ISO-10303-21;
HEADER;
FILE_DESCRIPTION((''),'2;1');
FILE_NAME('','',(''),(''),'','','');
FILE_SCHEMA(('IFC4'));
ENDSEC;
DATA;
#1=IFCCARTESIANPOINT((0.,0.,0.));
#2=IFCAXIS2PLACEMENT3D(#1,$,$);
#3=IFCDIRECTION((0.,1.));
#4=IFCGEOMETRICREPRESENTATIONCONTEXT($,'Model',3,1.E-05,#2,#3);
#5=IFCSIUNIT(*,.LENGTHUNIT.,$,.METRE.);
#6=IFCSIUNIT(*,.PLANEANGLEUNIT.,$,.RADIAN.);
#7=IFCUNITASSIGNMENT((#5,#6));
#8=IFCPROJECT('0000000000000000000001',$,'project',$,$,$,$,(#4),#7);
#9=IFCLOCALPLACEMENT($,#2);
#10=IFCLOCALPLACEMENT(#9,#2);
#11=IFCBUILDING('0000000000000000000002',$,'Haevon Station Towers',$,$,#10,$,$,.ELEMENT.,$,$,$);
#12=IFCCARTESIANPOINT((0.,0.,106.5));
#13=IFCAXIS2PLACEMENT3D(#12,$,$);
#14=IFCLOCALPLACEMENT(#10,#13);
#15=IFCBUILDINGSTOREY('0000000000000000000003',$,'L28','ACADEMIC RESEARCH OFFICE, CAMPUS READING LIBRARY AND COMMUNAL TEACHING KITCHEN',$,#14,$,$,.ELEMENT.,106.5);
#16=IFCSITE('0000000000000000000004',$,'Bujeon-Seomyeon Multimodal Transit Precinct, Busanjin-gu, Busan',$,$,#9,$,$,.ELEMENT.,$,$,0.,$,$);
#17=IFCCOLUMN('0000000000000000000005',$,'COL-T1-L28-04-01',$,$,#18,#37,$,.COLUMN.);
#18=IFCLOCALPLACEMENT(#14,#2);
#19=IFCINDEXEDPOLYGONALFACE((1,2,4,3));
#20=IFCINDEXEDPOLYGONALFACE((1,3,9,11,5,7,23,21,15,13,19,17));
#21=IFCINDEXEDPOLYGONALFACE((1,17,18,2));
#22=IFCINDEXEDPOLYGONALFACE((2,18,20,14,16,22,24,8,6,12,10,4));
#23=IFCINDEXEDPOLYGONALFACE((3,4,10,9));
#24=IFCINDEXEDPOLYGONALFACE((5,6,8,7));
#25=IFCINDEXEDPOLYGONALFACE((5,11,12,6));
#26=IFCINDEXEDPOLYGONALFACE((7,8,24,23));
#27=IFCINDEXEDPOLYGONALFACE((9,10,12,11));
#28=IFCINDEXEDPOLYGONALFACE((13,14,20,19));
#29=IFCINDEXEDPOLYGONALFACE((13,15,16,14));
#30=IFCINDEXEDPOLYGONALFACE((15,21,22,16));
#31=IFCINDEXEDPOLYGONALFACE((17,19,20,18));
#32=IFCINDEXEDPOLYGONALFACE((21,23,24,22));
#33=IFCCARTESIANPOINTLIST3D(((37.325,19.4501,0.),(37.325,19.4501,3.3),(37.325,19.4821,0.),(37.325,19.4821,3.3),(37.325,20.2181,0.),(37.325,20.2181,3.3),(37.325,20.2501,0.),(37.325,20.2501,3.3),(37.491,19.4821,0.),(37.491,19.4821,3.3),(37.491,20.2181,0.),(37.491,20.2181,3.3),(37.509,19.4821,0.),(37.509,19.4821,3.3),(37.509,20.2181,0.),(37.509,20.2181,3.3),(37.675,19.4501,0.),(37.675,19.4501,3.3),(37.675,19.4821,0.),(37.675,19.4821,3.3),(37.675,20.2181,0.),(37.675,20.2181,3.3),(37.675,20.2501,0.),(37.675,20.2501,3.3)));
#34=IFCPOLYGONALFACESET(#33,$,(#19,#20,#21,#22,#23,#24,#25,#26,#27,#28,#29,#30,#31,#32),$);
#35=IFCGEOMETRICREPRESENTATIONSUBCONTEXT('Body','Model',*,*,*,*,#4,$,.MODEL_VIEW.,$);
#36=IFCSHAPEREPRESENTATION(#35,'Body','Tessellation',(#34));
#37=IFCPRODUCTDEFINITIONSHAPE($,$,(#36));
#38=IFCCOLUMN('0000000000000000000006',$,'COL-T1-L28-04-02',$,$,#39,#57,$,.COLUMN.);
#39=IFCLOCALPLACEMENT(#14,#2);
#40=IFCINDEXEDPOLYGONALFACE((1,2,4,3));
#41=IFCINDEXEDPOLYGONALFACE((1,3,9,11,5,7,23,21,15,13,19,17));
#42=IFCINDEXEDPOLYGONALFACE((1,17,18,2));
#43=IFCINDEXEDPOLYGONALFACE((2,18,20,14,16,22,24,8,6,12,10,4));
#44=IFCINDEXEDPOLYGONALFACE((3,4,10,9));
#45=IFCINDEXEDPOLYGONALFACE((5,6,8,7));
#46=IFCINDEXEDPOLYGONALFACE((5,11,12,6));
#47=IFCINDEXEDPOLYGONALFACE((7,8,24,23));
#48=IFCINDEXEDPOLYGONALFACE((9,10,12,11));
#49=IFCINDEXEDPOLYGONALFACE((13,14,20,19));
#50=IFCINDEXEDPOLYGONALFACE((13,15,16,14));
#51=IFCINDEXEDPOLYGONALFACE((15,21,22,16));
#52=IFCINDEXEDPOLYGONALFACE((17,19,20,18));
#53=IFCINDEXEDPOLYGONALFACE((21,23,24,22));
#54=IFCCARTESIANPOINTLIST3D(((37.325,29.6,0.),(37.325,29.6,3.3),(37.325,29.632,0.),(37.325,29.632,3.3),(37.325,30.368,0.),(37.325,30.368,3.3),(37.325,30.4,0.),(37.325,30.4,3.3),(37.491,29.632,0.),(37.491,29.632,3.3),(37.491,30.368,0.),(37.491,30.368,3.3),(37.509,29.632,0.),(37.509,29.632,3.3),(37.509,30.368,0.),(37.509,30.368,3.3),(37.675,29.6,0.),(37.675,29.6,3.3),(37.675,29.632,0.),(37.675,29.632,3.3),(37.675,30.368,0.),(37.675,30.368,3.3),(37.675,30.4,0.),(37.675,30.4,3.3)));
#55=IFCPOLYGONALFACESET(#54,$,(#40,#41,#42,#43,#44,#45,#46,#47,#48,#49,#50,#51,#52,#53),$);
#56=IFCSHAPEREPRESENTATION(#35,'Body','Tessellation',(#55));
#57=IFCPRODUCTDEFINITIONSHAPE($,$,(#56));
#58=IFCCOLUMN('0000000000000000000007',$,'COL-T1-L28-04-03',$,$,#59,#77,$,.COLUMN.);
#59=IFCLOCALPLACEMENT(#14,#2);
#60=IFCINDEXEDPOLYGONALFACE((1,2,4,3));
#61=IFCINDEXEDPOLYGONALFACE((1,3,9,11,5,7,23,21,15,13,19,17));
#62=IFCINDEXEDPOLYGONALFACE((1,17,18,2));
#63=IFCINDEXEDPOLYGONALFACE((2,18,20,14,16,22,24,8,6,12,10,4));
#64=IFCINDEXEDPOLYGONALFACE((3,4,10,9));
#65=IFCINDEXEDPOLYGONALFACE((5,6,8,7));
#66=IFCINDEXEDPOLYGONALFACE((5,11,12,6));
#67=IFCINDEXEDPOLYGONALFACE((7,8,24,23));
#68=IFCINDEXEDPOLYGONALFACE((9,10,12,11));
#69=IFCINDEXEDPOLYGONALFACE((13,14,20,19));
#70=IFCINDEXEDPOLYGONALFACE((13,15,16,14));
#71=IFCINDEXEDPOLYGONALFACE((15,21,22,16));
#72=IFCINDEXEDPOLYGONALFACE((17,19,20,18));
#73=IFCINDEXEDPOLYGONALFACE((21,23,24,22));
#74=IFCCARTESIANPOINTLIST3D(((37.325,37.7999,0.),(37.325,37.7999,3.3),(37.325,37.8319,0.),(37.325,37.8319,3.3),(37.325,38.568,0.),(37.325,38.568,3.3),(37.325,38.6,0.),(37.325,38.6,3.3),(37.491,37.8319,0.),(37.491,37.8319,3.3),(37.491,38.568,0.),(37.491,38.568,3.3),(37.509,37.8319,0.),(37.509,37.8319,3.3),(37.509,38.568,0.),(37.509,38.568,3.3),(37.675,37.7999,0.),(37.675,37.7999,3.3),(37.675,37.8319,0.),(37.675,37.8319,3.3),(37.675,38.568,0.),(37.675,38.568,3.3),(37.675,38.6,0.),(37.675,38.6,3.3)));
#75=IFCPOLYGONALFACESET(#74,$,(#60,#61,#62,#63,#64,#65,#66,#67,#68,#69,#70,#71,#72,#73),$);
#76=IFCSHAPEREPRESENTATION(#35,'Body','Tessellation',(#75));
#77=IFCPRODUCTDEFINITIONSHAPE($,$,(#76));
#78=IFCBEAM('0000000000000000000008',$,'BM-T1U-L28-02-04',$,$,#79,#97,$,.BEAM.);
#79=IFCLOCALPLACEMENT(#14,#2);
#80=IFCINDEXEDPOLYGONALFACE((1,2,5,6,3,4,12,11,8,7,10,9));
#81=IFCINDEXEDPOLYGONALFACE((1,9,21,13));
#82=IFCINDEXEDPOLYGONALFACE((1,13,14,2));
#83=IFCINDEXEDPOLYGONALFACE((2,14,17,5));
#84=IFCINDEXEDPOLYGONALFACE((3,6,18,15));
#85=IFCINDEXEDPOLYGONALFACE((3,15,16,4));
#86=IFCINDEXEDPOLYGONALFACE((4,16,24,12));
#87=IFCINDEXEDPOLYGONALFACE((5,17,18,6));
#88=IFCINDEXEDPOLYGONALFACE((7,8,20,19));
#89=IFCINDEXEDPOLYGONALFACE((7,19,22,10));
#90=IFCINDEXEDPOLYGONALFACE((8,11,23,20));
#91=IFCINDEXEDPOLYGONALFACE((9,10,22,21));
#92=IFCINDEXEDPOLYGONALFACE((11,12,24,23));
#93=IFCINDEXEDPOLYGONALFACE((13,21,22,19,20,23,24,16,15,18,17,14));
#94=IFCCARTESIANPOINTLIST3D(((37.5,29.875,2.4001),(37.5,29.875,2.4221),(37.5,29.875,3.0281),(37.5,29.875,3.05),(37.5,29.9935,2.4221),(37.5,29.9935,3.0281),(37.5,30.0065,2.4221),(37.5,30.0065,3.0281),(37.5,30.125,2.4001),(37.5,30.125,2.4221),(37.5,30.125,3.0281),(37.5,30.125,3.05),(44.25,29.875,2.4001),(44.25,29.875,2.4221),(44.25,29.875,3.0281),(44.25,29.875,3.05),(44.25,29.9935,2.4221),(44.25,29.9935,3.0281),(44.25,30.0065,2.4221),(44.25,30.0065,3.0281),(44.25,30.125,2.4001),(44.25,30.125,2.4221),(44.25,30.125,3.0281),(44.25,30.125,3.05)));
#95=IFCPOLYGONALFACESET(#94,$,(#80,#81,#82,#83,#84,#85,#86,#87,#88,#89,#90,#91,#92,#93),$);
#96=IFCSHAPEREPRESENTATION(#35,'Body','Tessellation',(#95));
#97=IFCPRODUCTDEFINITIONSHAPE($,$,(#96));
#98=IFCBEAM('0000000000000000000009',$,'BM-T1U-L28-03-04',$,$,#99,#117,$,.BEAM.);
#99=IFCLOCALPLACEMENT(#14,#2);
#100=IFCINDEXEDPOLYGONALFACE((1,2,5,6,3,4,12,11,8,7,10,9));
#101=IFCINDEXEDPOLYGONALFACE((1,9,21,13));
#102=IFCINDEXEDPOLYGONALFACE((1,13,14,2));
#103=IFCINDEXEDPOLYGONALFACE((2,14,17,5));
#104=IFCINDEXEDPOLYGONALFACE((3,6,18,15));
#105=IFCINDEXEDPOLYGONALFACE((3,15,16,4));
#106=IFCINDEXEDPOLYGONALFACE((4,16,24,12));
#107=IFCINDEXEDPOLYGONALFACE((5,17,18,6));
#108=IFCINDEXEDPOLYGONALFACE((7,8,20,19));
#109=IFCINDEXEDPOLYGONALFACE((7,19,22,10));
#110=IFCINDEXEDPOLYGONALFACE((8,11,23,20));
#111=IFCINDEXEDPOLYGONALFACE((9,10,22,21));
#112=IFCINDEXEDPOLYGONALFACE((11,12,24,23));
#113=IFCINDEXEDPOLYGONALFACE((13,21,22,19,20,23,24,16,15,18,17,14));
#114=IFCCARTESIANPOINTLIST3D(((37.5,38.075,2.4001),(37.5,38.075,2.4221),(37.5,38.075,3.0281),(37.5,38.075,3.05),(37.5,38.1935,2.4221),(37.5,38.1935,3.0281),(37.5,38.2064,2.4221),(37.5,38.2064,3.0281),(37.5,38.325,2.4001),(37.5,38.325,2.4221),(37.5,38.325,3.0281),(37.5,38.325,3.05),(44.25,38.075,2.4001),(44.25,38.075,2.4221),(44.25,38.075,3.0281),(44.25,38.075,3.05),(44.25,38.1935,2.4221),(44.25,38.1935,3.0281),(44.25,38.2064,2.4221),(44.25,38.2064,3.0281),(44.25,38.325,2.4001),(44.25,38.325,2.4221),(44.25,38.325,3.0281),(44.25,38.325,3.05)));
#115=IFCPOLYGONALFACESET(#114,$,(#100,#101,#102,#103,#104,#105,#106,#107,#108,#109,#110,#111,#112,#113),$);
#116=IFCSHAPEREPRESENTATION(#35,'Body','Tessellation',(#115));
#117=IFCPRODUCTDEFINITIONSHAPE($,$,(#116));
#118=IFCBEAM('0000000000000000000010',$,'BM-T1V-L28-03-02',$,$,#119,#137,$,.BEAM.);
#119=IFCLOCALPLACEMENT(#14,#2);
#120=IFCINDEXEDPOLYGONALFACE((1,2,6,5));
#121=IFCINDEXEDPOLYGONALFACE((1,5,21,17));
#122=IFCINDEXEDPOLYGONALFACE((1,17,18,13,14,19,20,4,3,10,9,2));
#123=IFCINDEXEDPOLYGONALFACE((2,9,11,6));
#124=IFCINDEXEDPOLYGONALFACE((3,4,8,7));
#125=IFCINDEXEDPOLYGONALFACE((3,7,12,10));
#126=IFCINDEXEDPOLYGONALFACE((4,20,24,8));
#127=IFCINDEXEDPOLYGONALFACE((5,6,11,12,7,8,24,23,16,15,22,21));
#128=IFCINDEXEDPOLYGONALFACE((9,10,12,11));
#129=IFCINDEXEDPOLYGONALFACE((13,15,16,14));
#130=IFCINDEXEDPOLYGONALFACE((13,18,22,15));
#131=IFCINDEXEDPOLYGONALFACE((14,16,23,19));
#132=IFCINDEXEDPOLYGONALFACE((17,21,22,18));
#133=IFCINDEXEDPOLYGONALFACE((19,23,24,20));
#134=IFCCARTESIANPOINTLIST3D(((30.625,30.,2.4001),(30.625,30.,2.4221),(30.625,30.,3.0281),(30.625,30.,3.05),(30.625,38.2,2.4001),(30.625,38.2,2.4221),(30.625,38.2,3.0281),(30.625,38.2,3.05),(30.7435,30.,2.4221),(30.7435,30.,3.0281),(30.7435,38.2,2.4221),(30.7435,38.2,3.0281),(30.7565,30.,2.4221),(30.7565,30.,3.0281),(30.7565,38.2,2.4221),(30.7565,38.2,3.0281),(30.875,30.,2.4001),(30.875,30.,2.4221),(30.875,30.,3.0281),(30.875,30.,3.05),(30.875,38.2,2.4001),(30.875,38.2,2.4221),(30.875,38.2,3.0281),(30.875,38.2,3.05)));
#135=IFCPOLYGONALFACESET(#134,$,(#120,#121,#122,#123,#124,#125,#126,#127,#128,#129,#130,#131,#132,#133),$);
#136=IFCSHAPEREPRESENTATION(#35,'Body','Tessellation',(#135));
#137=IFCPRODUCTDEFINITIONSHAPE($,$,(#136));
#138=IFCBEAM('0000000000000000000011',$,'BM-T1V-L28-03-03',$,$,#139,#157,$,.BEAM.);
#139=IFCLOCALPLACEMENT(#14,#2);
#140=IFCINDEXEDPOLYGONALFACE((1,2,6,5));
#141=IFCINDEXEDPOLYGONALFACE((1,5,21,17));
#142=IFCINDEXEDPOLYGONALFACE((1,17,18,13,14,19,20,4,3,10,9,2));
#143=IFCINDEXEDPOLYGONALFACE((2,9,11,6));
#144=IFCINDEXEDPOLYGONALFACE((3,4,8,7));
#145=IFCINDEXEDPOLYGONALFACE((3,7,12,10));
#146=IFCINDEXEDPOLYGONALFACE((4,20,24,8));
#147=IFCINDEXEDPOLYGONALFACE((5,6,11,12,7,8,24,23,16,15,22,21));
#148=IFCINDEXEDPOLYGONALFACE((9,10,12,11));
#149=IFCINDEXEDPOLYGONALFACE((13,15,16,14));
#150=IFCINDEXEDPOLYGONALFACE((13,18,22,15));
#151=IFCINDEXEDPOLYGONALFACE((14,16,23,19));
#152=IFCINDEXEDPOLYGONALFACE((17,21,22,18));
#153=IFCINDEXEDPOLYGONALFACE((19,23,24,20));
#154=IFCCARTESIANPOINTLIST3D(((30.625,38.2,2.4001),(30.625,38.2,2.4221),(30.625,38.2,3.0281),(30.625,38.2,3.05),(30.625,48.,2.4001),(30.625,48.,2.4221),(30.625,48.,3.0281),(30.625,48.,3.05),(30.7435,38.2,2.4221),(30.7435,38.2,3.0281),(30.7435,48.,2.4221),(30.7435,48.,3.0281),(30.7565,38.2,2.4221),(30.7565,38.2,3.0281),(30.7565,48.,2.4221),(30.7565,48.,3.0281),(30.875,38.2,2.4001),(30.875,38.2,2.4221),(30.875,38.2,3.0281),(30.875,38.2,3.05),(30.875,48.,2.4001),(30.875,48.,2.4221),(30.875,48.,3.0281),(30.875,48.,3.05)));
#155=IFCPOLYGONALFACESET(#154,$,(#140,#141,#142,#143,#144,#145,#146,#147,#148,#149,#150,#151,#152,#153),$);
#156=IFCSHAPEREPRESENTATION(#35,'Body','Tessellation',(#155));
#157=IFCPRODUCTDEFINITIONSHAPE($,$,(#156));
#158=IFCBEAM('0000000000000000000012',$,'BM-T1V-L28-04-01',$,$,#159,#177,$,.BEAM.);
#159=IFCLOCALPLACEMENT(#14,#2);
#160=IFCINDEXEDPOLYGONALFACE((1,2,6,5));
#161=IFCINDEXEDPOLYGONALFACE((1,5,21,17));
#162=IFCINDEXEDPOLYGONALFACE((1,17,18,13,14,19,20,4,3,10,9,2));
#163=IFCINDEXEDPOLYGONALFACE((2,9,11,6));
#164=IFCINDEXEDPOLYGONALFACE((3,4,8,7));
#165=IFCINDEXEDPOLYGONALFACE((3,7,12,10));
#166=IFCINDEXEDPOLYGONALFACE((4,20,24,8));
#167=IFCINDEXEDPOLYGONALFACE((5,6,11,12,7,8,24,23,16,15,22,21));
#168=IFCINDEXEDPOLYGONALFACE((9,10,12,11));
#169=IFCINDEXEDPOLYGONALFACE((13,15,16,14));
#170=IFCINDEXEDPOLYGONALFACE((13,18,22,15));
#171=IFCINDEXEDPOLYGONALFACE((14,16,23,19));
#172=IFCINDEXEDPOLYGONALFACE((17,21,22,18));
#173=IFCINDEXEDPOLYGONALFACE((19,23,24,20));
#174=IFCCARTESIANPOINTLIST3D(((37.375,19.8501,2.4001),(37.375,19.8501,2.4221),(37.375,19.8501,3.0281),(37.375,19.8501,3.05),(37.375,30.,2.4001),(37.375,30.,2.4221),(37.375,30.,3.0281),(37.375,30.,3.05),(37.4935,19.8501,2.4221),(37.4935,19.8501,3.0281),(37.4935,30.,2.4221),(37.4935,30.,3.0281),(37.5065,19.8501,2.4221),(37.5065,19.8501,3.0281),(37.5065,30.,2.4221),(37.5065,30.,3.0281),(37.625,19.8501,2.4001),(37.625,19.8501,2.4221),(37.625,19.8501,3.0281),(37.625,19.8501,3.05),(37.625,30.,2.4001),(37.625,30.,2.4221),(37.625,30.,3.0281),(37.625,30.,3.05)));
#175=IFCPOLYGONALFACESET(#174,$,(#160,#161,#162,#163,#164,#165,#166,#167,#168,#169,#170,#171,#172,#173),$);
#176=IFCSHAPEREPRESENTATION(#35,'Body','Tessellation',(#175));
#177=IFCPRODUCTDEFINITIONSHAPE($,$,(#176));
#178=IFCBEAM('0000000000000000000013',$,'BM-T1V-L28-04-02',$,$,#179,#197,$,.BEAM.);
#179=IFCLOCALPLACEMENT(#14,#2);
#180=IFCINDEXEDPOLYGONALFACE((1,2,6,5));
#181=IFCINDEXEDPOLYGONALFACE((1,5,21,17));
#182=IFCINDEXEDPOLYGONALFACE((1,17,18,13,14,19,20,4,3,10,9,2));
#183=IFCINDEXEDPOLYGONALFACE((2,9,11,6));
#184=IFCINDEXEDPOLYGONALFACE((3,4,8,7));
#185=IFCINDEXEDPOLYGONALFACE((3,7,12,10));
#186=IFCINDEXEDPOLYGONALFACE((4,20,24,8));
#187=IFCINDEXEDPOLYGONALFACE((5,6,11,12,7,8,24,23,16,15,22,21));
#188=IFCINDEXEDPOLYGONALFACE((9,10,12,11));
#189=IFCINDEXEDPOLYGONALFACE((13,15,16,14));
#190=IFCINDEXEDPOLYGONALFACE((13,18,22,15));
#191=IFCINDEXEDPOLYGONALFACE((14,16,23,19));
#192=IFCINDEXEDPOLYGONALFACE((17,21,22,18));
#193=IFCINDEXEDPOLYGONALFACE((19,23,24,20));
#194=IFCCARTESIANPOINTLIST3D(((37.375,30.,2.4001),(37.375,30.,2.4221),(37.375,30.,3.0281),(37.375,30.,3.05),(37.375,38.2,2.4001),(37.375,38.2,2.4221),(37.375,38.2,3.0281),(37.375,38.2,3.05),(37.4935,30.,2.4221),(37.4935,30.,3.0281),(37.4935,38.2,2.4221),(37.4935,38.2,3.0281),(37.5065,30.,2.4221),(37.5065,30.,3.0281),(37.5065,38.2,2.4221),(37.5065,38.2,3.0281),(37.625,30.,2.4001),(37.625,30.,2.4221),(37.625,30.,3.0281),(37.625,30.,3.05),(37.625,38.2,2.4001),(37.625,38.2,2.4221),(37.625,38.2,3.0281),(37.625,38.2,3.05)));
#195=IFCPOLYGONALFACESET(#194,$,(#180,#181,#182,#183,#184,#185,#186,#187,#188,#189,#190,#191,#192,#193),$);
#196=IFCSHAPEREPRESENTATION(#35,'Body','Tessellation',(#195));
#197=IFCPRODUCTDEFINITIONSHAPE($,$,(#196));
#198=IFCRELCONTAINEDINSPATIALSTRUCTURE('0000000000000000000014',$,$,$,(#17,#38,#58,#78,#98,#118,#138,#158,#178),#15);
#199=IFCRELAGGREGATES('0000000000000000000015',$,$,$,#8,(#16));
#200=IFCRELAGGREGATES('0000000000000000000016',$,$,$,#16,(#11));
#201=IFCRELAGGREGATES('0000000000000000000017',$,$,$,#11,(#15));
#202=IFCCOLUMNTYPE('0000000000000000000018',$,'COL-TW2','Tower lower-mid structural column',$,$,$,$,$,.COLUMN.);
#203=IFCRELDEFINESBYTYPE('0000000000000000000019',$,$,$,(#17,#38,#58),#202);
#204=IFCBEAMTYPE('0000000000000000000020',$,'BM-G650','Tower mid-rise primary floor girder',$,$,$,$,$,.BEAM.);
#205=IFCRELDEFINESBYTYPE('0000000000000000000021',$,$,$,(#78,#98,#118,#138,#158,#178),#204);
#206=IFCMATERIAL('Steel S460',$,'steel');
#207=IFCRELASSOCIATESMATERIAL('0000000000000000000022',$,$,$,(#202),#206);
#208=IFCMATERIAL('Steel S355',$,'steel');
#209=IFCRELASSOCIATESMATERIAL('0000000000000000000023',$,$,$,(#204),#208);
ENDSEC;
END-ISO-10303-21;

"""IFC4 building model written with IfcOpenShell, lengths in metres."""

from ifc_helpers import new_model, si_unit, direction, frame, origin, origin_2d, place, context, subcontext, project, spatial, i_section, extrude, material, material_profile, profile_set, type_object, element, save


model = new_model("IFC4")

# Units and contexts
model_context = context("Model", 3, precision=1e-05, world=origin(), true_north=direction((0.0, 1.0)))
body_context = subcontext(model_context, "Body", "Model", "MODEL_VIEW")
ifc_project = project(units=[si_unit("LENGTHUNIT", "METRE"), si_unit("PLANEANGLEUNIT", "RADIAN")], contexts=[model_context])

# Site, building, storey
site_placement = place(None, origin())
site = spatial("IfcSite", under=ifc_project, at=site_placement, Name="Bujeon-Seomyeon Multimodal Transit Precinct, Busanjin-gu, Busan", CompositionType="ELEMENT", RefElevation=0.0)
building_placement = place(site_placement, origin())
building = spatial("IfcBuilding", under=site, at=building_placement, Name="Haevon Station Towers", CompositionType="ELEMENT")
storey_placement = place(building_placement, frame((0.0, 0.0, 106.5)))
storey = spatial("IfcBuildingStorey", under=building, at=storey_placement, Name="L28", Description="ACADEMIC RESEARCH OFFICE, CAMPUS READING LIBRARY AND COMMUNAL TEACHING KITCHEN", CompositionType="ELEMENT", Elevation=106.5)

# Columns
ifc_material_1 = material(Name="Steel S460", Category="steel")
ifc_material_profile_1 = material_profile(ifc_material_1, i_section(OverallWidth=0.3501, OverallDepth=0.8, WebThickness=0.0181, FlangeThickness=0.032, at=origin_2d()), Name="H-800x350x18x32")
ifc_profile_set_1 = profile_set([ifc_material_profile_1], Name="Steel S460")
column_type = type_object("IfcColumnType", Name="COL-TW2", Description="Tower lower-mid structural column", PredefinedType="COLUMN", material=ifc_profile_set_1)
for number, where, z_axis, x_axis, name in (
    (1, (37.5, 19.8501, 0.0), (0.0, 0.0, 1.0), (1.0, 0.0, 0.0), "COL-T1-L28-04-01"),
    (2, (37.5, 30.0, 0.0), (0.0, 0.0, 1.0), (1.0, 0.0, 0.0), "COL-T1-L28-04-02"),
    (3, (37.5, 38.2, 0.0), (0.0, 0.0, 1.0), (1.0, 0.0, 0.0), "COL-T1-L28-04-03"),
):
    element("IfcColumn", number, at=place(storey_placement, frame(where, z_axis=z_axis, x_axis=x_axis)), inside=storey, type_object=column_type, Name=name, PredefinedType="COLUMN", context=body_context, shape_type="SweptSolid", body=[
        extrude(i_section(OverallWidth=0.3501, OverallDepth=0.8, WebThickness=0.0181, FlangeThickness=0.032, at=origin_2d()), origin(), (0.0, 0.0, 1.0), 3.3),
    ])

# Beams
ifc_material_2 = material(Name="Steel S355", Category="steel")
ifc_material_profile_2 = material_profile(ifc_material_2, i_section(OverallWidth=0.25, OverallDepth=0.6499, WebThickness=0.0129, FlangeThickness=0.022, at=origin_2d()), Name="H-650x250x13x22")
ifc_profile_set_2 = profile_set([ifc_material_profile_2], Name="Steel S355")
beam_type_1 = type_object("IfcBeamType", Name="BM-G650", Description="Tower mid-rise primary floor girder", PredefinedType="BEAM", material=ifc_profile_set_2)
for number, where, z_axis, x_axis, name in (
    (4, (37.5, 30.0, 2.7251), (1.0, 0.0, 0.0), (0.0, 1.0, 0.0), "BM-T1U-L28-02-04"),
    (5, (37.5, 38.2, 2.7251), (1.0, 0.0, 0.0), (0.0, 1.0, 0.0), "BM-T1U-L28-03-04"),
):
    element("IfcBeam", number, at=place(storey_placement, frame(where, z_axis=z_axis, x_axis=x_axis)), inside=storey, type_object=beam_type_1, Name=name, PredefinedType="BEAM", context=body_context, shape_type="SweptSolid", body=[
        extrude(i_section(OverallWidth=0.25, OverallDepth=0.6499, WebThickness=0.0129, FlangeThickness=0.022, at=origin_2d()), origin(), (0.0, 0.0, 1.0), 6.75),
    ])
beam_1_placement = place(storey_placement, frame((30.75, 30.0, 2.7251), z_axis=(0.0, 1.0, 0.0), x_axis=(-1.0, 0.0, 0.0)))
element("IfcBeam", 6, at=beam_1_placement, inside=storey, type_object=beam_type_1, Name="BM-T1V-L28-03-02", PredefinedType="BEAM", context=body_context, shape_type="SweptSolid", body=[
    extrude(i_section(OverallWidth=0.25, OverallDepth=0.6499, WebThickness=0.0129, FlangeThickness=0.022, at=origin_2d()), origin(), (0.0, 0.0, 1.0), 8.2),
])
beam_2_placement = place(storey_placement, frame((30.75, 38.2, 2.7251), z_axis=(0.0, 1.0, 0.0), x_axis=(-1.0, 0.0, 0.0)))
element("IfcBeam", 7, at=beam_2_placement, inside=storey, type_object=beam_type_1, Name="BM-T1V-L28-03-03", PredefinedType="BEAM", context=body_context, shape_type="SweptSolid", body=[
    extrude(i_section(OverallWidth=0.25, OverallDepth=0.6499, WebThickness=0.0129, FlangeThickness=0.022, at=origin_2d()), origin(), (0.0, 0.0, 1.0), 9.8),
])
beam_3_placement = place(storey_placement, frame((37.5, 19.8501, 2.7251), z_axis=(0.0, 1.0, 0.0), x_axis=(-1.0, 0.0, 0.0)))
element("IfcBeam", 8, at=beam_3_placement, inside=storey, type_object=beam_type_1, Name="BM-T1V-L28-04-01", PredefinedType="BEAM", context=body_context, shape_type="SweptSolid", body=[
    extrude(i_section(OverallWidth=0.25, OverallDepth=0.6499, WebThickness=0.0129, FlangeThickness=0.022, at=origin_2d()), origin(), (0.0, 0.0, 1.0), 10.1499),
])
beam_4_placement = place(storey_placement, frame((37.5, 30.0, 2.7251), z_axis=(0.0, 1.0, 0.0), x_axis=(-1.0, 0.0, 0.0)))
element("IfcBeam", 9, at=beam_4_placement, inside=storey, type_object=beam_type_1, Name="BM-T1V-L28-04-02", PredefinedType="BEAM", context=body_context, shape_type="SweptSolid", body=[
    extrude(i_section(OverallWidth=0.25, OverallDepth=0.6499, WebThickness=0.0129, FlangeThickness=0.022, at=origin_2d()), origin(), (0.0, 0.0, 1.0), 8.2),
])

save(model, "model.ifc")
